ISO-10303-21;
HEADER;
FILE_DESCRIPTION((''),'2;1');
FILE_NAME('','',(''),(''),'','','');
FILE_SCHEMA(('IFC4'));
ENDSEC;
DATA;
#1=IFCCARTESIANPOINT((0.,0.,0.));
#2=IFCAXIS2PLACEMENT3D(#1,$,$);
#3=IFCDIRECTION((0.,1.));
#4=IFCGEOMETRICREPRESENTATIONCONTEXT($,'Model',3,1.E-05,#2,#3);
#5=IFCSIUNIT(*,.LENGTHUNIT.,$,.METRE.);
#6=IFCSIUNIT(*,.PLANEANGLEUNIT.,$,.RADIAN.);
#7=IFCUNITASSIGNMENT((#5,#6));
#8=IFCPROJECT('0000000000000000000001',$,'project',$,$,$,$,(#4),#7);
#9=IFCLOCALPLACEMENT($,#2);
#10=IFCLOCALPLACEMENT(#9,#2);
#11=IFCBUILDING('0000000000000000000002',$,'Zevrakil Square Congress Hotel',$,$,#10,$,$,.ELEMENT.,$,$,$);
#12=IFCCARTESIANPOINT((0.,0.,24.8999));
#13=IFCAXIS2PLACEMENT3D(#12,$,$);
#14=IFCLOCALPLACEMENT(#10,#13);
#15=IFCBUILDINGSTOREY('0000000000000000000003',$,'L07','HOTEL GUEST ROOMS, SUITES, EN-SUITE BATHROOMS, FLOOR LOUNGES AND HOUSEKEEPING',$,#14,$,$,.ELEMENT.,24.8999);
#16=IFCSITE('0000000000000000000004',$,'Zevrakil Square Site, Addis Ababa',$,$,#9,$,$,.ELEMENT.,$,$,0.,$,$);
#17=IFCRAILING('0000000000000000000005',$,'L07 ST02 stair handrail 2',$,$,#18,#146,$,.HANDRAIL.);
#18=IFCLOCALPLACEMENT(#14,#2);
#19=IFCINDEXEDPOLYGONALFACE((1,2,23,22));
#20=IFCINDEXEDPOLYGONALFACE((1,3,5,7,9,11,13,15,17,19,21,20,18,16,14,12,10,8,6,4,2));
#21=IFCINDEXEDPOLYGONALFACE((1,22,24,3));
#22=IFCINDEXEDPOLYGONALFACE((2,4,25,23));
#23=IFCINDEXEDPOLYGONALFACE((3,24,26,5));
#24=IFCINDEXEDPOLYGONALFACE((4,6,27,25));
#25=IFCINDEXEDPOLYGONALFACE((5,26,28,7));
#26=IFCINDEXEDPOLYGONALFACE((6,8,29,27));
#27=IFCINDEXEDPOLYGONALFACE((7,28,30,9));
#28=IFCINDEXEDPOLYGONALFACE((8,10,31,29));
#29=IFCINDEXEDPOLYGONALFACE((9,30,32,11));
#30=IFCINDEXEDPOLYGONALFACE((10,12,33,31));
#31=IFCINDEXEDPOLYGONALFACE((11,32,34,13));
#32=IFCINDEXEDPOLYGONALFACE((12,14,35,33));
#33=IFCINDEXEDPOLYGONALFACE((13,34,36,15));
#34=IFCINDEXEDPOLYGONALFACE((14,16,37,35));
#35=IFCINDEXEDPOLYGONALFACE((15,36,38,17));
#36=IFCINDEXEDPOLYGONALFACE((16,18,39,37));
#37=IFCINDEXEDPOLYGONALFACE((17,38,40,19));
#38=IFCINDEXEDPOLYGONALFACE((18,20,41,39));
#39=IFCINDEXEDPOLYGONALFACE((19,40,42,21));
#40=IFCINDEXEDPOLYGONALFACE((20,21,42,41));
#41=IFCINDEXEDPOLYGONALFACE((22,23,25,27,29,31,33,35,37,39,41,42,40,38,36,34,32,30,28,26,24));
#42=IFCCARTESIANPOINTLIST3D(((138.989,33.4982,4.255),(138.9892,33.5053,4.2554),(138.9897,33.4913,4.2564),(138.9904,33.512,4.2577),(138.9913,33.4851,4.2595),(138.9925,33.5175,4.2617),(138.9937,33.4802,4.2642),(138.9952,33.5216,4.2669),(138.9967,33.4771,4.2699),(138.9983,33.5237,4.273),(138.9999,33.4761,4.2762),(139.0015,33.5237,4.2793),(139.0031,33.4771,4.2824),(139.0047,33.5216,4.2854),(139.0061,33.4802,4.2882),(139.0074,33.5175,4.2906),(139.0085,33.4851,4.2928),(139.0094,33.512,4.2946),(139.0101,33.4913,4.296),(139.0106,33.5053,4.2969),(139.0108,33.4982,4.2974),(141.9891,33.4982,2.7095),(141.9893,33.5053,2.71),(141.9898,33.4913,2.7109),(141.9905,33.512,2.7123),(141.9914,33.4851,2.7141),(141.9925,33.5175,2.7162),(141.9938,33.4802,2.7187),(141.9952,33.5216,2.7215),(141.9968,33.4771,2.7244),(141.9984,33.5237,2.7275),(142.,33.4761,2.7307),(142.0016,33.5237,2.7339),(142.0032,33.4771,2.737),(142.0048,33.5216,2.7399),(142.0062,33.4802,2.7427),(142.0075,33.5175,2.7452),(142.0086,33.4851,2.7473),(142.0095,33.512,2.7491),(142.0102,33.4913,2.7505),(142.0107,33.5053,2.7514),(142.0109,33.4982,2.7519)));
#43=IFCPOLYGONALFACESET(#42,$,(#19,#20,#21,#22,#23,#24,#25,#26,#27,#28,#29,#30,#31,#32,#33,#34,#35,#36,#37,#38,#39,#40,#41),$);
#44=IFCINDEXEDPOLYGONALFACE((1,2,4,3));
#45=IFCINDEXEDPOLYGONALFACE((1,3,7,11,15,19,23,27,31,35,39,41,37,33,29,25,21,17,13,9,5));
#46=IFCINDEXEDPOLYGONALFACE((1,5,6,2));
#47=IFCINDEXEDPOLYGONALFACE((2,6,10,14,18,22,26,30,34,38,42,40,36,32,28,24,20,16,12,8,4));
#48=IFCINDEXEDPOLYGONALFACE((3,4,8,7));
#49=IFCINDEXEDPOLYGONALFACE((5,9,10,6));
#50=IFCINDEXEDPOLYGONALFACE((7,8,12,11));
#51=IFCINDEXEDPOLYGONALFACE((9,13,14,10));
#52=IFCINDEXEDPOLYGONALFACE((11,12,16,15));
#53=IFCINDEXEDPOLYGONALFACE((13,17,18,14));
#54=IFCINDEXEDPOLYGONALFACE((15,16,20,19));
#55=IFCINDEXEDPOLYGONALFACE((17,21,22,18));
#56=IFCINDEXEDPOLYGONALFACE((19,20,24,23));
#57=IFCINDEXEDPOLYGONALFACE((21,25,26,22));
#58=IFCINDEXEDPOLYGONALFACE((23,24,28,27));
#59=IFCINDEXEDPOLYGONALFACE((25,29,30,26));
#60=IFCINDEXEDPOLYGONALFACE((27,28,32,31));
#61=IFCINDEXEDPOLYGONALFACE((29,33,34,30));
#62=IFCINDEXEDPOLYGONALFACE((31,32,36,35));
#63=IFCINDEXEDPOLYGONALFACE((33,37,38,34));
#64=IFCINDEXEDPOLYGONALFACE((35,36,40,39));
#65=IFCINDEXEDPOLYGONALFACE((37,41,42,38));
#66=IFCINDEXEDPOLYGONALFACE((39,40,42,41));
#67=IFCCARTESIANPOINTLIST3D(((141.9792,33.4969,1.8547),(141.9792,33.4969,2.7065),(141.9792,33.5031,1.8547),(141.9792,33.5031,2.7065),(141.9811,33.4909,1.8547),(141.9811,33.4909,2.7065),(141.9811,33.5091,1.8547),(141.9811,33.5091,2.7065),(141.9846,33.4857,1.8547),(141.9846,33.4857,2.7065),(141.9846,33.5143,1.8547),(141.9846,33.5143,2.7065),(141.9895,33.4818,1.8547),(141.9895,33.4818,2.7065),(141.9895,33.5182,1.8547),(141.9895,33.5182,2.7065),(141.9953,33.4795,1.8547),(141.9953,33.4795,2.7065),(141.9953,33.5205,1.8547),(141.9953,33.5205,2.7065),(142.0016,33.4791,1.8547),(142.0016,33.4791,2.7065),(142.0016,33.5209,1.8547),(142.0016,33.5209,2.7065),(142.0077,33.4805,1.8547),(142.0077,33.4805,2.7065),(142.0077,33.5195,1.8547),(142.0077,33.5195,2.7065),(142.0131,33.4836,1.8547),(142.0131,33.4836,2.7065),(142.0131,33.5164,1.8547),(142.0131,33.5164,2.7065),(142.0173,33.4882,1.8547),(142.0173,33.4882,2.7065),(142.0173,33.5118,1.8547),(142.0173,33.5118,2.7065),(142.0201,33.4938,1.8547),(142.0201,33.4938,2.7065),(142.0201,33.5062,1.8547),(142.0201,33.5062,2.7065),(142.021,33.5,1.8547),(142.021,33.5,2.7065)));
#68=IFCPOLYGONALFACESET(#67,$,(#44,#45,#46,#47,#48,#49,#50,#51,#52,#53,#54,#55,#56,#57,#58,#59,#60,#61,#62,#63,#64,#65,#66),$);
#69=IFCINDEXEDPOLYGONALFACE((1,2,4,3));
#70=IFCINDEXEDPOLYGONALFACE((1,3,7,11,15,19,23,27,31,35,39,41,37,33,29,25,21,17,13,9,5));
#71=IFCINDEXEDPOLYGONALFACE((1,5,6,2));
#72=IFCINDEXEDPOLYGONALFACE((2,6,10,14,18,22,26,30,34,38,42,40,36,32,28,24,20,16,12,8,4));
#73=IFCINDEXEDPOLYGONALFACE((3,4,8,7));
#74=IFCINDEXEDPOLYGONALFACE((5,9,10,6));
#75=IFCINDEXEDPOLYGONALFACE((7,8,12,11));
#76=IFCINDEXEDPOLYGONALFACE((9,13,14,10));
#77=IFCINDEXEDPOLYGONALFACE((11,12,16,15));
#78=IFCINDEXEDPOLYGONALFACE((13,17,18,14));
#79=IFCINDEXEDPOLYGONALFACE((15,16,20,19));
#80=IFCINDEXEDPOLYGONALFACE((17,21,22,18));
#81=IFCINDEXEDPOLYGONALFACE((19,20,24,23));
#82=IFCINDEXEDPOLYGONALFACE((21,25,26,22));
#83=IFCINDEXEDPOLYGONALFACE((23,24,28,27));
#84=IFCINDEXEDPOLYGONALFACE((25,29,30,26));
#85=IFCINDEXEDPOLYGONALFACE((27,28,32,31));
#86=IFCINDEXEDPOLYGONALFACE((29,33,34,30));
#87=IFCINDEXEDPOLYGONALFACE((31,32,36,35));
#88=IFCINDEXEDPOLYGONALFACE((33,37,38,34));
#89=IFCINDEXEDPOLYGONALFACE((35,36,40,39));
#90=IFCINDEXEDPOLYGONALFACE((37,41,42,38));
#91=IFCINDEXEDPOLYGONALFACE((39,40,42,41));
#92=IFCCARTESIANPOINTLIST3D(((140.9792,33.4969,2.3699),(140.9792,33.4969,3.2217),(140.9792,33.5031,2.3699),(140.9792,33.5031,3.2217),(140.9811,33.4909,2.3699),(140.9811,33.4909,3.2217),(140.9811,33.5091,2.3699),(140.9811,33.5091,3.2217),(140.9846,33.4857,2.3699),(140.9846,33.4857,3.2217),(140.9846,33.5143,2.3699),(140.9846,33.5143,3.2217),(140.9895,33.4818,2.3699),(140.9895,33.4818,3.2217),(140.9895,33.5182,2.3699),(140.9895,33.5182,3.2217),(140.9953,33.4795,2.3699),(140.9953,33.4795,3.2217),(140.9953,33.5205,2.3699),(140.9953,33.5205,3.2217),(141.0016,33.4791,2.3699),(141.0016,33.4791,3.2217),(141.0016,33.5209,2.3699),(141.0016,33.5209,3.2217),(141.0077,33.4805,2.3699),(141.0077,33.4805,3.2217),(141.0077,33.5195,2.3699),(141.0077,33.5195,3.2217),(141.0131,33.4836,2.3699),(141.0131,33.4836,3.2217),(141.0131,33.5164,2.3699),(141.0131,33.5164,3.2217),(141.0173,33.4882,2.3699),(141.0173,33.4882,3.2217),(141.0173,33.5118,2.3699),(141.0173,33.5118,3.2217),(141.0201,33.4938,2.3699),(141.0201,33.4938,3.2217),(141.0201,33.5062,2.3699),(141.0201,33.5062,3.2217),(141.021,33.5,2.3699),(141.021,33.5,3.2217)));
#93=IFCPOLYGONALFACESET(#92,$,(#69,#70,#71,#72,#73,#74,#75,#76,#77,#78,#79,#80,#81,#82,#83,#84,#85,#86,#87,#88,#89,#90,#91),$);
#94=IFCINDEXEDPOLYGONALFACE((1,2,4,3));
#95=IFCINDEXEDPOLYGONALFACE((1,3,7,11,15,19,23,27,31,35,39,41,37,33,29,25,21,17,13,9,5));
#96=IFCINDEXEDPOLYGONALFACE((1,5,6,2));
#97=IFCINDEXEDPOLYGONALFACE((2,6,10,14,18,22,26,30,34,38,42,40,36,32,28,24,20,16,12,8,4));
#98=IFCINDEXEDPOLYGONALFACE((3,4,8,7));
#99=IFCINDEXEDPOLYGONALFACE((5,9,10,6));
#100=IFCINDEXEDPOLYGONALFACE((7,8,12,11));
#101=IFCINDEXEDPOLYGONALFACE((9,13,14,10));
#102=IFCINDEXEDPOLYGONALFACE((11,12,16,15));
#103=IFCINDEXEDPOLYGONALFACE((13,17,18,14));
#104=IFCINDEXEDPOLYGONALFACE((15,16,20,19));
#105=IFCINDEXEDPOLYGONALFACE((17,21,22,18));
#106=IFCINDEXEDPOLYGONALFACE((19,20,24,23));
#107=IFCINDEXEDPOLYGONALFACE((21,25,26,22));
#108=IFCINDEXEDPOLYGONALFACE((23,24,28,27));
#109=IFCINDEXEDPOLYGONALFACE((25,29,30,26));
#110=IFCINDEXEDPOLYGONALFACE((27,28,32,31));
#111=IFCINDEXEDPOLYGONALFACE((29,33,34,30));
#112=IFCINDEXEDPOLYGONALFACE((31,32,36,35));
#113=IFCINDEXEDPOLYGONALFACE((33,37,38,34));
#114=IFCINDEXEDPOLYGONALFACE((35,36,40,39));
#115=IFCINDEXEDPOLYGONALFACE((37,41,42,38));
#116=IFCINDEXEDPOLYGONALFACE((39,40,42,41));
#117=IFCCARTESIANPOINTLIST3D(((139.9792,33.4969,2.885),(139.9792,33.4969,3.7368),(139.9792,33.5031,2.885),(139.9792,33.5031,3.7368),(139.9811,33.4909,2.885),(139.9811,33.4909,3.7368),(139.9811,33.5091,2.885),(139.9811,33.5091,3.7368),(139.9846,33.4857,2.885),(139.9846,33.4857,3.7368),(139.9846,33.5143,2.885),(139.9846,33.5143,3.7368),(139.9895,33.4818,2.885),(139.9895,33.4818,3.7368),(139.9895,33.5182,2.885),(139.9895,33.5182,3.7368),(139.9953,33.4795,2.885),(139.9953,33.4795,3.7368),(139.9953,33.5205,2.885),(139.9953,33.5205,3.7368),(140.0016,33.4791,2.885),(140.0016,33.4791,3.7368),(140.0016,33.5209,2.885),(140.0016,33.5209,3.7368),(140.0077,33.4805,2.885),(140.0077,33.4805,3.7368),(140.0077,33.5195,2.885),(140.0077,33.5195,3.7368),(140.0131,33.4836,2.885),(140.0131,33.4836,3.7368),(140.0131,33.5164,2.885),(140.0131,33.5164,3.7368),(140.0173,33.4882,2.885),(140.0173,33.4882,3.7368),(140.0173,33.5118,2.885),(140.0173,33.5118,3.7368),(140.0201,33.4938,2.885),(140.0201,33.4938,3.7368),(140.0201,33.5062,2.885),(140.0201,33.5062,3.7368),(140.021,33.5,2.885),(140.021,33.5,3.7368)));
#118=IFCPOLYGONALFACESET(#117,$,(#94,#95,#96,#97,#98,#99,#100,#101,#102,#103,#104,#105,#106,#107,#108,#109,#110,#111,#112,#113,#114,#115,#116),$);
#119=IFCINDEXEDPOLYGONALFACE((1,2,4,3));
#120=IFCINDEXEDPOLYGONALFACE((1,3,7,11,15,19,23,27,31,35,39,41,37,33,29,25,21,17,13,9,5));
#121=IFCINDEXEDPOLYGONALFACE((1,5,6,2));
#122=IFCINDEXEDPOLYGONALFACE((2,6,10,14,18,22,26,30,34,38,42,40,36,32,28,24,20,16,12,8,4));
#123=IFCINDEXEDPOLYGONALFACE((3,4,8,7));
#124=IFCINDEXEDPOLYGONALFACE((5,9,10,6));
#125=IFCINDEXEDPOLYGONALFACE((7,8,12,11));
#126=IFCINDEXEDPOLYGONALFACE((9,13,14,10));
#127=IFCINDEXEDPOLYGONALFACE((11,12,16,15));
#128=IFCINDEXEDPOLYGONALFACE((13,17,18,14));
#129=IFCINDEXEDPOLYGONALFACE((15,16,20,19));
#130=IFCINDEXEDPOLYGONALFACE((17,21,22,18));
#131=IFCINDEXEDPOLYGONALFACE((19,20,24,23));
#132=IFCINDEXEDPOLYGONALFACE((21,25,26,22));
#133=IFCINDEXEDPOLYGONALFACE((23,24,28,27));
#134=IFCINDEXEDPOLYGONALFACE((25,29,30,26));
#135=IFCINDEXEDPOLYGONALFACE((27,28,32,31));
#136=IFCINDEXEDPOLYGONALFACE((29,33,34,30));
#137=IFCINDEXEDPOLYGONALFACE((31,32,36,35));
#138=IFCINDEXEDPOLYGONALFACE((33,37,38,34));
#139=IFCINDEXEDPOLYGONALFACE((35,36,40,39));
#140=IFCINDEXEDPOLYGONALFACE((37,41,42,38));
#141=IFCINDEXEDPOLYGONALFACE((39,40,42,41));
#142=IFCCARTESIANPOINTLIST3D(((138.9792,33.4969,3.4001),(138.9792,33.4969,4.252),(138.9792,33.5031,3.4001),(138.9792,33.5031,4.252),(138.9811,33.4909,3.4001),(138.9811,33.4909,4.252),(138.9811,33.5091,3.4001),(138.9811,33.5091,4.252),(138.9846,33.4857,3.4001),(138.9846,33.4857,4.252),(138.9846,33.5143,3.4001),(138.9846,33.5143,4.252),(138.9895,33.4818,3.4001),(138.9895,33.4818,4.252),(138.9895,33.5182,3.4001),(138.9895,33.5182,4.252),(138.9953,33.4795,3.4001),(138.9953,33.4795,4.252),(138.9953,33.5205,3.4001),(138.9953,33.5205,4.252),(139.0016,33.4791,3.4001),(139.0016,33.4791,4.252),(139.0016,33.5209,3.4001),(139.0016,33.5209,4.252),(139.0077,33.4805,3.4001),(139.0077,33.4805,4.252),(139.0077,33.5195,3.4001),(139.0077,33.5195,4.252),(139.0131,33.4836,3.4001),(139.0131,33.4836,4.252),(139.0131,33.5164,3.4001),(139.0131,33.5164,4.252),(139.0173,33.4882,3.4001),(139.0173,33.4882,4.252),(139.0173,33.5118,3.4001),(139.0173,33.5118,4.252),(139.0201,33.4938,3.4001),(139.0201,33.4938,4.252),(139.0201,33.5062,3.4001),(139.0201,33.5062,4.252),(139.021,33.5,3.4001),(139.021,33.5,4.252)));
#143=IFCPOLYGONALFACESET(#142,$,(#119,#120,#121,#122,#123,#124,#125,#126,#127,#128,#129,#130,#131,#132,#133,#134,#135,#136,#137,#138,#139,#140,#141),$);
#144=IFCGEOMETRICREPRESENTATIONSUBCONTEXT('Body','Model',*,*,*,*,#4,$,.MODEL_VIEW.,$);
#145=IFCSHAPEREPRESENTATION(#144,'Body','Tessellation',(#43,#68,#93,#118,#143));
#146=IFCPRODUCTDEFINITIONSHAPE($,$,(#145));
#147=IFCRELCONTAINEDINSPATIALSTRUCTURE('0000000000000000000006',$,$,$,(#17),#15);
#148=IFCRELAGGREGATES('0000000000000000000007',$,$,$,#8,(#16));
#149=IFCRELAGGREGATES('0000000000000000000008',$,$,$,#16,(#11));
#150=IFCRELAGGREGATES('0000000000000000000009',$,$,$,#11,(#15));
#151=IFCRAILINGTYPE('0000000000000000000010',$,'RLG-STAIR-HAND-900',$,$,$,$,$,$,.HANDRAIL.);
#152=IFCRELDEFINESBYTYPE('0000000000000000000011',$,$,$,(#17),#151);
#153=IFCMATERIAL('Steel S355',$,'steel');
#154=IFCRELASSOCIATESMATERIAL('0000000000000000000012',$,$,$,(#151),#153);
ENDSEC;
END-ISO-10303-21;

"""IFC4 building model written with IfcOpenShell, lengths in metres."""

from ifc_helpers import new_model, si_unit, direction, frame, origin, origin_2d, place, context, subcontext, project, spatial, circle, extrude, material, type_object, element, save


model = new_model("IFC4")

# Units and contexts
model_context = context("Model", 3, precision=1e-05, world=origin(), true_north=direction((0.0, 1.0)))
body_context = subcontext(model_context, "Body", "Model", "MODEL_VIEW")
ifc_project = project(units=[si_unit("LENGTHUNIT", "METRE"), si_unit("PLANEANGLEUNIT", "RADIAN")], contexts=[model_context])

# Site, building, storey
site_placement = place(None, origin())
site = spatial("IfcSite", under=ifc_project, at=site_placement, Name="Zevrakil Square Site, Addis Ababa", CompositionType="ELEMENT", RefElevation=0.0)
building_placement = place(site_placement, origin())
building = spatial("IfcBuilding", under=site, at=building_placement, Name="Zevrakil Square Congress Hotel", CompositionType="ELEMENT")
storey_placement = place(building_placement, frame((0.0, 0.0, 24.8999)))
storey = spatial("IfcBuildingStorey", under=building, at=storey_placement, Name="L07", Description="HOTEL GUEST ROOMS, SUITES, EN-SUITE BATHROOMS, FLOOR LOUNGES AND HOUSEKEEPING", CompositionType="ELEMENT", Elevation=24.8999)

# Railing
ifc_material_1 = material(Name="Steel S355", Category="steel")
railing_type_1 = type_object("IfcRailingType", Name="RLG-STAIR-HAND-900", PredefinedType="HANDRAIL", material=ifc_material_1)
railing_1_placement = place(storey_placement, frame((142.0, 33.5, 1.8547)))
element("IfcRailing", 1, at=railing_1_placement, inside=storey, type_object=railing_type_1, Name="L07 ST02 stair handrail 2", PredefinedType="HANDRAIL", context=body_context, shape_type="SweptSolid", body=[
    extrude(circle(Radius=0.0239, at=origin_2d()), frame((0.0, 0.0, 0.876), z_axis=(-0.88898, 0.0, 0.457946), x_axis=(0.0, -1.0, 0.0)), (0.0, 0.0, 1.0), 3.3748),
    extrude(circle(Radius=0.021, at=origin_2d()), origin(), (0.0, 0.0, 1.0), 0.8518),
    extrude(circle(Radius=0.021, at=origin_2d()), frame((-1.0, 0.0, 0.5151)), (0.0, 0.0, 1.0), 0.8518),
    extrude(circle(Radius=0.021, at=origin_2d()), frame((-2.0, 0.0, 1.0303)), (0.0, 0.0, 1.0), 0.8518),
    extrude(circle(Radius=0.021, at=origin_2d()), frame((-3.0, 0.0, 1.5454)), (0.0, 0.0, 1.0), 0.8518),
])

save(model, "model.ifc")
